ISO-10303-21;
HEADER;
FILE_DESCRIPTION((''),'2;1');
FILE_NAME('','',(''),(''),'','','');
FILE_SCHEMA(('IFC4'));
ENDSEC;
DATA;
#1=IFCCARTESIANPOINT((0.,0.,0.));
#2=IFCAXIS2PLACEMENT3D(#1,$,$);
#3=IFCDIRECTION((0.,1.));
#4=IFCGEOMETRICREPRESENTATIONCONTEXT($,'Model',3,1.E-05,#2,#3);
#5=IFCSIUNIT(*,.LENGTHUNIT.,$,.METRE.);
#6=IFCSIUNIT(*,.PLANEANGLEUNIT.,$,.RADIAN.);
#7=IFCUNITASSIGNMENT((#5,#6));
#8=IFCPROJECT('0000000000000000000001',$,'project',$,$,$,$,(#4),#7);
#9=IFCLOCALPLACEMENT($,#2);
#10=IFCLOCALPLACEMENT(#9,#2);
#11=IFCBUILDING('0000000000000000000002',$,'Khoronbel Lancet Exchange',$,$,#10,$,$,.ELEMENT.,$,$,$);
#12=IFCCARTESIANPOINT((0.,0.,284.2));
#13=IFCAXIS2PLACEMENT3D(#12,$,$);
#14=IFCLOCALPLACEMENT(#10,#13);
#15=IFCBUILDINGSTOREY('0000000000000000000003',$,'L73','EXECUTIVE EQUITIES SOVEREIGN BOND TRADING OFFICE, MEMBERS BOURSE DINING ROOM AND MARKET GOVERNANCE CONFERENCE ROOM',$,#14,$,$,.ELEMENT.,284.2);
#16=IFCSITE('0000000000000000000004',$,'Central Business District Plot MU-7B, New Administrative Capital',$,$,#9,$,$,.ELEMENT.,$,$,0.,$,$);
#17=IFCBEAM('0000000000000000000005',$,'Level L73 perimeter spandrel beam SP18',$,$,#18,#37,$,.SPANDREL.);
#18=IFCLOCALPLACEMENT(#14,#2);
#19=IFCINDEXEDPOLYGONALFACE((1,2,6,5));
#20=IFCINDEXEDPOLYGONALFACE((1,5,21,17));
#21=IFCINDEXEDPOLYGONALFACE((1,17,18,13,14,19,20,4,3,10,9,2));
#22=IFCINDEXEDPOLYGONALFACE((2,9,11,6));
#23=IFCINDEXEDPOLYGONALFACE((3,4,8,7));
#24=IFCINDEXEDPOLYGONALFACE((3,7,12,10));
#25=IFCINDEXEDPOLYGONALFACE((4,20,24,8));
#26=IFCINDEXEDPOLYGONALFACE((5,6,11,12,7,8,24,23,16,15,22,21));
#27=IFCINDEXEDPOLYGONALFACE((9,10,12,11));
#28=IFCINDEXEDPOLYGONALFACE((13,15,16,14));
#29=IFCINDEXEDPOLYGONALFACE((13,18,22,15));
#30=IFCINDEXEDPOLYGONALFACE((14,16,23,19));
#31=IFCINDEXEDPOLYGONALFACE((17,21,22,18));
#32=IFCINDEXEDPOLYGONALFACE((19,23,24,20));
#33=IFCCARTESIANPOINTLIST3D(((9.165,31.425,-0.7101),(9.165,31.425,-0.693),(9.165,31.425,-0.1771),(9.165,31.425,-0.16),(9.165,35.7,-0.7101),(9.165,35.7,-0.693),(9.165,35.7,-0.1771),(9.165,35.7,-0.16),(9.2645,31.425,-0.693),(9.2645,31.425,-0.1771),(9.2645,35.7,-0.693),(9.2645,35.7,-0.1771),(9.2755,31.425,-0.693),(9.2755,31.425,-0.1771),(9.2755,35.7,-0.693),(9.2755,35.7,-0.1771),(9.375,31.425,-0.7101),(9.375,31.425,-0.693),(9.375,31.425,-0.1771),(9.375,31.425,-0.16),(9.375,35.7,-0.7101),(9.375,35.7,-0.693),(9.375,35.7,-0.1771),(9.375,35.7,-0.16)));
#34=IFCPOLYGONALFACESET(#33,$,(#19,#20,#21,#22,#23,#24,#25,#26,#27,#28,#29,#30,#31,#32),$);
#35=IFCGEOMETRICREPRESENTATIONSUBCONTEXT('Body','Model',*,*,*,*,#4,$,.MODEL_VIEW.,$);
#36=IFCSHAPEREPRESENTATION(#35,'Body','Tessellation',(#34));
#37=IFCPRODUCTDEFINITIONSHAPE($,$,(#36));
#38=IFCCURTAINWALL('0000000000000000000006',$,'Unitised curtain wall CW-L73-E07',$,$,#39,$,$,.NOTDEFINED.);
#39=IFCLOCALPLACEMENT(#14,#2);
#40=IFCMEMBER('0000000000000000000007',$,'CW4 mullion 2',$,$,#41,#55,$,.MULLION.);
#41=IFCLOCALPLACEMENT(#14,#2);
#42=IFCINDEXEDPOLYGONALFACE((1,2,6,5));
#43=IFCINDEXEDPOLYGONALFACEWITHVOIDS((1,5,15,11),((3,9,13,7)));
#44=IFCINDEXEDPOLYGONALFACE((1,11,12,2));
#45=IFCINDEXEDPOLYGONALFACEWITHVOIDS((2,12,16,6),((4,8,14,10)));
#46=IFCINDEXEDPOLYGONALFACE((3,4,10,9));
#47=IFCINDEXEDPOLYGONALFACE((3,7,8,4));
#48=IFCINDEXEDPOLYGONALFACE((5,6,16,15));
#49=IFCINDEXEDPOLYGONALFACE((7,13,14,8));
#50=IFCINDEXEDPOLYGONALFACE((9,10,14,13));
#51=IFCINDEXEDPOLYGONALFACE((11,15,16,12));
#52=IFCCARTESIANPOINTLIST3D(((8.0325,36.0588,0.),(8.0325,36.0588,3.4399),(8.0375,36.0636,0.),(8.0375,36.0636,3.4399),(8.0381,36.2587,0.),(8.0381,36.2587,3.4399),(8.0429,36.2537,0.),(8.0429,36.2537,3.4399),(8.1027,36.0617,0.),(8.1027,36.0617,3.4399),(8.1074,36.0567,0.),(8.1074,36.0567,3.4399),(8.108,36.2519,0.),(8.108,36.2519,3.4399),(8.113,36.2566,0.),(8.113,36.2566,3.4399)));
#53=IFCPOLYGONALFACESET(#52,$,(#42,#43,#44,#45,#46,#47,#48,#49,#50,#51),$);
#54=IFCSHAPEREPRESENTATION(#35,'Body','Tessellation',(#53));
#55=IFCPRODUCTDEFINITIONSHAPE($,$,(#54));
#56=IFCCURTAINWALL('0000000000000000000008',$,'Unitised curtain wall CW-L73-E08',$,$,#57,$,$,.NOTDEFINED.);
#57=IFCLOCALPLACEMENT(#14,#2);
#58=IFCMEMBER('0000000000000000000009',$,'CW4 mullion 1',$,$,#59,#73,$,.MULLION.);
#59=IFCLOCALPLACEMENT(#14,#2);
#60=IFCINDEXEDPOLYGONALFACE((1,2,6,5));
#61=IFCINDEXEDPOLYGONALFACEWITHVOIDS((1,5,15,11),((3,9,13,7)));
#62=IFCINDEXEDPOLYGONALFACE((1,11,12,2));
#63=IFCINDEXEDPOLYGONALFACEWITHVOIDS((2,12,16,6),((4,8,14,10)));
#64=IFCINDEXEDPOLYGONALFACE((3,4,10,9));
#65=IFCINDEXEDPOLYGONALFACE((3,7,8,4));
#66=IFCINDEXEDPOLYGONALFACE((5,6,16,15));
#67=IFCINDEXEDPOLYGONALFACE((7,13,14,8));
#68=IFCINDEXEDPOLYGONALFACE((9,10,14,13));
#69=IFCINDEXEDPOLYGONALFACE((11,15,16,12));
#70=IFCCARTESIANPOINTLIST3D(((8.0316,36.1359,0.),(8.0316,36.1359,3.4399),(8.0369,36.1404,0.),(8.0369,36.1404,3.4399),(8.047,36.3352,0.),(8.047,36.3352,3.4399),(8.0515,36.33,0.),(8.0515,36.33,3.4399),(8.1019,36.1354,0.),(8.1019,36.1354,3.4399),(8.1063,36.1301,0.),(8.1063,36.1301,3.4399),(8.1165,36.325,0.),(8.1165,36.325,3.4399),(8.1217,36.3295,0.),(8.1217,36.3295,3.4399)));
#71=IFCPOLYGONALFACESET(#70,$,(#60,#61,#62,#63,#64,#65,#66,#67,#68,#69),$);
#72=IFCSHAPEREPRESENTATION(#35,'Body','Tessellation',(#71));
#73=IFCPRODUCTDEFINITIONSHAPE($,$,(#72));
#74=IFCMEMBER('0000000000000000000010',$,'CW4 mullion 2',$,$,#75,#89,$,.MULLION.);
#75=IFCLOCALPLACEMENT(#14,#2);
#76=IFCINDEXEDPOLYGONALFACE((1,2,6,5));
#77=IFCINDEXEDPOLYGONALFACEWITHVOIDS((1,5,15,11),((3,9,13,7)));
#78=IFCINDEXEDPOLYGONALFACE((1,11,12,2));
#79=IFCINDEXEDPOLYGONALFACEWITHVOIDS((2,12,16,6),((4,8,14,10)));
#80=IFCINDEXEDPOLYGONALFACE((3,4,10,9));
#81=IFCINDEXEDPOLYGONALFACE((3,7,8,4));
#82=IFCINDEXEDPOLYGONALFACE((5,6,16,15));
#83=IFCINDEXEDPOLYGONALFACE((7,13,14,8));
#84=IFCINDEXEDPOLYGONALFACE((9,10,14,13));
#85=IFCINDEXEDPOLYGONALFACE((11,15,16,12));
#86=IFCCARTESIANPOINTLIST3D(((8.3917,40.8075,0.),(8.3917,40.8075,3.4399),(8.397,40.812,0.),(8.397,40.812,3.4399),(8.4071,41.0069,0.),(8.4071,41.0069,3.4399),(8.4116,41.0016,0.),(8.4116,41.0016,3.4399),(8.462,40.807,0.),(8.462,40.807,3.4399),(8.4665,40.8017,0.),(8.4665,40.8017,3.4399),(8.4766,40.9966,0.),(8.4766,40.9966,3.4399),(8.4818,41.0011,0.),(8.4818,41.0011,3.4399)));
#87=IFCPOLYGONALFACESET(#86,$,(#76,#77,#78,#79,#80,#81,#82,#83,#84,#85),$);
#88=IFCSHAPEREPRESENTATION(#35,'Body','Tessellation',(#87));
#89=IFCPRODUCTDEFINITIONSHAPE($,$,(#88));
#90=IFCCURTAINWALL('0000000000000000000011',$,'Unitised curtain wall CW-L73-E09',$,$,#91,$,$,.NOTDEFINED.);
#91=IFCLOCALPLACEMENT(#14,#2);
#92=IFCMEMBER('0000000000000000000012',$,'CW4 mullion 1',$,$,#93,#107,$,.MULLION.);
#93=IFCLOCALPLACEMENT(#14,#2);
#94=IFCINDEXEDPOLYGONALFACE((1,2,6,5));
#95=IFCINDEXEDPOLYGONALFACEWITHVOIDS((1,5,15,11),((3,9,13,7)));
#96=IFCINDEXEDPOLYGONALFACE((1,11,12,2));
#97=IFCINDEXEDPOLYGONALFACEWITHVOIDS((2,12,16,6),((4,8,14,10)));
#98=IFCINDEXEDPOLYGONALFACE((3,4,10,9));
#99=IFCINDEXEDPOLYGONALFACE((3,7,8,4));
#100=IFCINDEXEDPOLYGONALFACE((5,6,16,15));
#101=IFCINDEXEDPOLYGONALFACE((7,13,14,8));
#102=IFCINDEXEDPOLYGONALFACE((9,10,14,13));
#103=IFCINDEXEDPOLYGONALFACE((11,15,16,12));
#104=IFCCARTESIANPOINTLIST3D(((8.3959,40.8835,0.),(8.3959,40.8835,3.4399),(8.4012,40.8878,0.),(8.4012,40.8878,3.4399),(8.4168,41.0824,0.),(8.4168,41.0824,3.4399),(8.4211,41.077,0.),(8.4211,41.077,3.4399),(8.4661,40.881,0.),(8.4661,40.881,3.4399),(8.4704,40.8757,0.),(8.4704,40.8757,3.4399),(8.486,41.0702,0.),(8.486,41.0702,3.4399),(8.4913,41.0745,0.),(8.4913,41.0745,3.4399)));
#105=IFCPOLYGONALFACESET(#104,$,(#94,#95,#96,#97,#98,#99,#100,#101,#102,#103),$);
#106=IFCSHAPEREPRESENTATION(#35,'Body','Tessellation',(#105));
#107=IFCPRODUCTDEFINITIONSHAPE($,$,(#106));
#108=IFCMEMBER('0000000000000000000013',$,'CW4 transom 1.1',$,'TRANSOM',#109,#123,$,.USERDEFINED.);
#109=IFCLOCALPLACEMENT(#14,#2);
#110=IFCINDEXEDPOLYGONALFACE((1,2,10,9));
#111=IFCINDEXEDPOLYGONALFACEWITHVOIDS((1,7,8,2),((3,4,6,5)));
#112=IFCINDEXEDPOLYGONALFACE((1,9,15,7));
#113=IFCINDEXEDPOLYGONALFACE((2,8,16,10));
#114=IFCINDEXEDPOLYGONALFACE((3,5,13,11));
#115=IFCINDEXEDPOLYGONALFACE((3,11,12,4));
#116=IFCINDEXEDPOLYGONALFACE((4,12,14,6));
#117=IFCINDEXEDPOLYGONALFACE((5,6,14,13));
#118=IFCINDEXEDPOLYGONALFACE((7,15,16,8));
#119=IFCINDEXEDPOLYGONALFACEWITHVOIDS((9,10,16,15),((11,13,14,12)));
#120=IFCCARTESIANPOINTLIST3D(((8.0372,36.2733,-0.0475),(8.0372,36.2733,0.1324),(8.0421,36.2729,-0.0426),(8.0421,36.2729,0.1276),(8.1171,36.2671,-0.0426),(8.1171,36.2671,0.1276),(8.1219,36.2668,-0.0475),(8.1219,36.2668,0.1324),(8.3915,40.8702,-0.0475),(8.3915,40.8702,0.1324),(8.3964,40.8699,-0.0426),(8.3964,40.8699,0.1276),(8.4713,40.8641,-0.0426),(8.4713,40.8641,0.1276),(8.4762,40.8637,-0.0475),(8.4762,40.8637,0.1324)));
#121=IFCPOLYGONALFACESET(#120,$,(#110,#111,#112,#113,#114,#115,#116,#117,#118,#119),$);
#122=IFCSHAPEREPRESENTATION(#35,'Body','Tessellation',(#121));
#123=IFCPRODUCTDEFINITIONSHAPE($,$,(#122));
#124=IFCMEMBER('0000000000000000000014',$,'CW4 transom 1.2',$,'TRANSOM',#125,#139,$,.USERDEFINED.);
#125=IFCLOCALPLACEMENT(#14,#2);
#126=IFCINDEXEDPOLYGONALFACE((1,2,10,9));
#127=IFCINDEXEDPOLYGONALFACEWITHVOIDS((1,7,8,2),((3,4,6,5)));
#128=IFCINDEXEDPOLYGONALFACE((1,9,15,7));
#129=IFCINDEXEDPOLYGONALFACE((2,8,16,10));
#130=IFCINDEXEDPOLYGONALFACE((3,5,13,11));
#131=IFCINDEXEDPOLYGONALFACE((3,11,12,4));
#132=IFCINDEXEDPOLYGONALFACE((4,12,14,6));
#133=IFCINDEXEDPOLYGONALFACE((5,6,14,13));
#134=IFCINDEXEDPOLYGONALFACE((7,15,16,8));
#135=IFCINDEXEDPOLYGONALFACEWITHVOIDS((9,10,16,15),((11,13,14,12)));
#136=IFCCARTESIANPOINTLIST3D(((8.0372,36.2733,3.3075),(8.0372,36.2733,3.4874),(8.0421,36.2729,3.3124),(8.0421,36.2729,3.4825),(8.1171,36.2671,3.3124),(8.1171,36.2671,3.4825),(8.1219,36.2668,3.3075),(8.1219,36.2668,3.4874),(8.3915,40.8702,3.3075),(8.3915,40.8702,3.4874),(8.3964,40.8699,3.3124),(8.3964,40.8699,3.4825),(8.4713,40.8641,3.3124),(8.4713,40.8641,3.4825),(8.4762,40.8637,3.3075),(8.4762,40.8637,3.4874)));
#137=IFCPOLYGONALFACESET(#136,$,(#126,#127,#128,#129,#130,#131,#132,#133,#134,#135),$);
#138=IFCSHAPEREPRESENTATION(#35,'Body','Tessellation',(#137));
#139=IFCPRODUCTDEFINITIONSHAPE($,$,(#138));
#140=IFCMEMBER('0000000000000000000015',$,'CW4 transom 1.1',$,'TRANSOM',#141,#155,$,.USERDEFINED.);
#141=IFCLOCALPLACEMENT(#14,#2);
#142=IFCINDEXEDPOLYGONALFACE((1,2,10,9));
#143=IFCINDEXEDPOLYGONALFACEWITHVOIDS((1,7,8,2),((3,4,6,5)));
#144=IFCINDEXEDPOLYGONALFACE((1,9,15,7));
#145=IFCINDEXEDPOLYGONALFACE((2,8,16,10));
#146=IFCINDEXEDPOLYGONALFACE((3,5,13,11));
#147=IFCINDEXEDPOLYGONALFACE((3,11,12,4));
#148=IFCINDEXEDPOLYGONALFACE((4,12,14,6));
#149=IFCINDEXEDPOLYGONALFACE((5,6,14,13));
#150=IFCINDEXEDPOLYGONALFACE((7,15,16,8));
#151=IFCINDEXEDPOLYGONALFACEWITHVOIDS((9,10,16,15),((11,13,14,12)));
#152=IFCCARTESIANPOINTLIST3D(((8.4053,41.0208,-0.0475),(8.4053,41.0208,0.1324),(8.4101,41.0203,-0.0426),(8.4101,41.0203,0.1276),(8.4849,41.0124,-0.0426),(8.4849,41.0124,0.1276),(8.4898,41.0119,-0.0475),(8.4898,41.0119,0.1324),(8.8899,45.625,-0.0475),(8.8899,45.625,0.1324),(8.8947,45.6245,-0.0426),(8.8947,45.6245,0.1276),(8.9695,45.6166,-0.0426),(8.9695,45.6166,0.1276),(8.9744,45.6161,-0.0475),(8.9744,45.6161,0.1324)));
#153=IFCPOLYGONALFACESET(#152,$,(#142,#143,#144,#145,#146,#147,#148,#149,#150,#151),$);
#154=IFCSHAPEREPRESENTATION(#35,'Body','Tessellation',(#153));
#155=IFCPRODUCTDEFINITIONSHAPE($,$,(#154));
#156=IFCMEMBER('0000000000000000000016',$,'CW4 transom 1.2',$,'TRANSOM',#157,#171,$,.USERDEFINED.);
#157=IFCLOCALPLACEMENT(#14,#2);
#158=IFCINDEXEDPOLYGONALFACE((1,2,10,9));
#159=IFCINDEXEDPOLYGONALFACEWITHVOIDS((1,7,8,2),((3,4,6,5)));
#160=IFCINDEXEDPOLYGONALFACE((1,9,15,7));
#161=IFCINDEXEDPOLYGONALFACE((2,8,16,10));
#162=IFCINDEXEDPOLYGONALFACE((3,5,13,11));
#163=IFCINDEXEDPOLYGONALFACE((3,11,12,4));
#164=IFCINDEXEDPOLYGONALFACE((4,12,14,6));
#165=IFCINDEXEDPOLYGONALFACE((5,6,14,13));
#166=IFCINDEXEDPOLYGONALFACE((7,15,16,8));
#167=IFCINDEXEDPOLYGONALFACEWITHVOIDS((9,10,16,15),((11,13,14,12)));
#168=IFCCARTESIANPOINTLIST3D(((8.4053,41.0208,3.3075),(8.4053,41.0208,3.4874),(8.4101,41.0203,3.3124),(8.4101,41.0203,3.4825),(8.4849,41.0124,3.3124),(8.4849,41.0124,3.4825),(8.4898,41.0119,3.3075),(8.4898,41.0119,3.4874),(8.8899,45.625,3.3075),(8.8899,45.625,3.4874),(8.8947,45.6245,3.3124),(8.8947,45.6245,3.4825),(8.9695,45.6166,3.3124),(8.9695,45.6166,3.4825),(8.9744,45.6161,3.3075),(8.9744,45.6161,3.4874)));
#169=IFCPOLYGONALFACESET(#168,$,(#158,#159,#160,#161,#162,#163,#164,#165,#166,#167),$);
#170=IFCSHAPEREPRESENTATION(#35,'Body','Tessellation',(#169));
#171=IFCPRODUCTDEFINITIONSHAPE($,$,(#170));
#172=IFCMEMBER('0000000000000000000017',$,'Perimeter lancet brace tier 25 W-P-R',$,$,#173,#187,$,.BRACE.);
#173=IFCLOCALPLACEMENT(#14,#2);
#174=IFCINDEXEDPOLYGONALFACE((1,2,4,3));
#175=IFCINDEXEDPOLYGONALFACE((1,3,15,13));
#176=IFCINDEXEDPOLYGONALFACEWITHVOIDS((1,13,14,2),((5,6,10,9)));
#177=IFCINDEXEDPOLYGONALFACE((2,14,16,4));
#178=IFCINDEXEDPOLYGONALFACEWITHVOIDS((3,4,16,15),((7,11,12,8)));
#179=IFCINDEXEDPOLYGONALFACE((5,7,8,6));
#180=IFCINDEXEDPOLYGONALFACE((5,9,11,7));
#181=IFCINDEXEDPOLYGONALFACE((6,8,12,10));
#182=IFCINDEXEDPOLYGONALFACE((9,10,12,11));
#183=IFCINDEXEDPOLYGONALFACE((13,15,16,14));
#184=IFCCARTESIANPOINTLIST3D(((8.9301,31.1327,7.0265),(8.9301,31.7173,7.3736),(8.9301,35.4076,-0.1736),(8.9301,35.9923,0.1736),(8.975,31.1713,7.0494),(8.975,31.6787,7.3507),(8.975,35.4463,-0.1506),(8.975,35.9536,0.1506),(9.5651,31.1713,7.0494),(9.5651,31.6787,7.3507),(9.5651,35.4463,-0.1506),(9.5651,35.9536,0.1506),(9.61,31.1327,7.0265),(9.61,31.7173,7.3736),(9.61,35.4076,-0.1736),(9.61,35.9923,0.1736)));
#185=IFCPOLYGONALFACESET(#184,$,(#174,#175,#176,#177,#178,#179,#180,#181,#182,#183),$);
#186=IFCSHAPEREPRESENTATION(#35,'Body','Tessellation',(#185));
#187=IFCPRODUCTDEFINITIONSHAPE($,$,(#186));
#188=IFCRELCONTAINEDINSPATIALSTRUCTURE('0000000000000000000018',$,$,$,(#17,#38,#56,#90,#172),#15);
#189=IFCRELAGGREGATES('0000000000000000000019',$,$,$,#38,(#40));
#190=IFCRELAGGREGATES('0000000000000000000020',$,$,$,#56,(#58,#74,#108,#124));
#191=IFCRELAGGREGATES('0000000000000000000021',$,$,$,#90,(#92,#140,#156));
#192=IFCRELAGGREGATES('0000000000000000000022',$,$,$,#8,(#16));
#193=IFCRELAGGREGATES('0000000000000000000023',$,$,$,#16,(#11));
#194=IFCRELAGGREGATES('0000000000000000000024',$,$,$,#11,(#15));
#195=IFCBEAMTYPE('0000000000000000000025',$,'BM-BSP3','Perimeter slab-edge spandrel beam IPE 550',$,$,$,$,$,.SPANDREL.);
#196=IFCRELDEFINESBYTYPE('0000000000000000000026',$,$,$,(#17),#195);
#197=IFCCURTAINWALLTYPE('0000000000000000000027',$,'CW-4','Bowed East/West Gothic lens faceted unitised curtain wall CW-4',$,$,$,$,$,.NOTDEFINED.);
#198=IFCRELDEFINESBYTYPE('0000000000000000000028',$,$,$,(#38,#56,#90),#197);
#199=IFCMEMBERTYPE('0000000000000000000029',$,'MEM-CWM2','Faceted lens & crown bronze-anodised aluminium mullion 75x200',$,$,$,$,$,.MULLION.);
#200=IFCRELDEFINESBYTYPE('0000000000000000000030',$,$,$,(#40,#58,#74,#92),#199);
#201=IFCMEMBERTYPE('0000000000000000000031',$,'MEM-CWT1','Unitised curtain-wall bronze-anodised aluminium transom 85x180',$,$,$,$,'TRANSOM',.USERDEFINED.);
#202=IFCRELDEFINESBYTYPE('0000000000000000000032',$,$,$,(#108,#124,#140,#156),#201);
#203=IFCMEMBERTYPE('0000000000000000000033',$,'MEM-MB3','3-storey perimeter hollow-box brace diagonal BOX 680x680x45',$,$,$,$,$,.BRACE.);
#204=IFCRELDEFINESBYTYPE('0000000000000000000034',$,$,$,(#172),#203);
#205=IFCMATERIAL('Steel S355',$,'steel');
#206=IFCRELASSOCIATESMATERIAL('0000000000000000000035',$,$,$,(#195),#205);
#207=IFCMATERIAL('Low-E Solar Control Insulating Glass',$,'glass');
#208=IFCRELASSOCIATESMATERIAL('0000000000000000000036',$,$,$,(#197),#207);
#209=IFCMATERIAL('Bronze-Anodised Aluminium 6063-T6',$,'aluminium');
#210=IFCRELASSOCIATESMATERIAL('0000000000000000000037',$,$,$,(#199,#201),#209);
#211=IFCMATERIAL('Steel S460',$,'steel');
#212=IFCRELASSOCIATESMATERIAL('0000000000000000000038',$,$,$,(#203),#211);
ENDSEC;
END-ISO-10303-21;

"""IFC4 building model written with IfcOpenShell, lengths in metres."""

from ifc_helpers import new_model, si_unit, direction, frame, origin, origin_2d, place, context, subcontext, project, spatial, hollow_rectangle, i_section, extrude, material, material_profile, profile_set, type_object, element, aggregate, save


model = new_model("IFC4")

# Units and contexts
model_context = context("Model", 3, precision=1e-05, world=origin(), true_north=direction((0.0, 1.0)))
body_context = subcontext(model_context, "Body", "Model", "MODEL_VIEW")
ifc_project = project(units=[si_unit("LENGTHUNIT", "METRE"), si_unit("PLANEANGLEUNIT", "RADIAN")], contexts=[model_context])

# Site, building, storey
site_placement = place(None, origin())
site = spatial("IfcSite", under=ifc_project, at=site_placement, Name="Central Business District Plot MU-7B, New Administrative Capital", CompositionType="ELEMENT", RefElevation=0.0)
building_placement = place(site_placement, origin())
building = spatial("IfcBuilding", under=site, at=building_placement, Name="Khoronbel Lancet Exchange", CompositionType="ELEMENT")
storey_placement = place(building_placement, frame((0.0, 0.0, 284.2)))
storey = spatial("IfcBuildingStorey", under=building, at=storey_placement, Name="L73", Description="EXECUTIVE EQUITIES SOVEREIGN BOND TRADING OFFICE, MEMBERS BOURSE DINING ROOM AND MARKET GOVERNANCE CONFERENCE ROOM", CompositionType="ELEMENT", Elevation=284.2)

# Shared definitions
ifc_material_1 = material(Name="Steel S355", Category="steel")

# Beam
ifc_material_profile_1 = material_profile(ifc_material_1, i_section(OverallWidth=0.21, OverallDepth=0.55, WebThickness=0.011, FlangeThickness=0.0171, at=origin_2d()), Name="IPE 550")
ifc_profile_set_1 = profile_set([ifc_material_profile_1], Name="Steel S355")
beam_type_1 = type_object("IfcBeamType", Name="BM-BSP3", Description="Perimeter slab-edge spandrel beam IPE 550", PredefinedType="SPANDREL", material=ifc_profile_set_1)
beam_1_placement = place(storey_placement, frame((9.27, 35.7, -0.4351), z_axis=(0.0, -1.0, 0.0), x_axis=(1.0, 0.0, 0.0)))
element("IfcBeam", 1, at=beam_1_placement, inside=storey, type_object=beam_type_1, Name="Level L73 perimeter spandrel beam SP18", PredefinedType="SPANDREL", context=body_context, shape_type="SweptSolid", body=[
    extrude(i_section(OverallWidth=0.21, OverallDepth=0.55, WebThickness=0.011, FlangeThickness=0.0171, at=origin_2d()), origin(), (0.0, 0.0, 1.0), 4.2749),
])

# Curtain wall, member
ifc_material_2 = material(Name="Low-E Solar Control Insulating Glass", Category="glass")
curtain_wall_type = type_object("IfcCurtainWallType", Name="CW-4", Description="Bowed East/West Gothic lens faceted unitised curtain wall CW-4", PredefinedType="NOTDEFINED", material=ifc_material_2)
curtain_wall_1_placement = place(storey_placement, origin())
curtain_wall_1 = element("IfcCurtainWall", 2, at=curtain_wall_1_placement, inside=storey, type_object=curtain_wall_type, Name="Unitised curtain wall CW-L73-E07", PredefinedType="NOTDEFINED")
ifc_material_3 = material(Name="Bronze-Anodised Aluminium 6063-T6", Category="aluminium")
ifc_material_profile_2 = material_profile(ifc_material_3, hollow_rectangle(XDim=0.075, YDim=0.2, WallThickness=0.0049, at=origin_2d()), Name="ALU MULLION 75x200")
ifc_profile_set_2 = profile_set([ifc_material_profile_2], Name="Bronze-Anodised Aluminium 6063-T6")
member_type_1 = type_object("IfcMemberType", Name="MEM-CWM2", Description="Faceted lens & crown bronze-anodised aluminium mullion 75x200", PredefinedType="MULLION", material=ifc_profile_set_2)
member_1_placement = place(storey_placement, frame((8.0728, 36.1577, 0.0), z_axis=(0.0, 0.0, 1.0), x_axis=(-0.999602, 0.028206, 0.0)))
member_1 = element("IfcMember", 3, at=member_1_placement, type_object=member_type_1, Name="CW4 mullion 2", PredefinedType="MULLION", context=body_context, shape_type="SweptSolid", body=[
    extrude(hollow_rectangle(XDim=0.075, YDim=0.2, WallThickness=0.0049, at=origin_2d()), origin(), (0.0, 0.0, 1.0), 3.4399),
])
aggregate(curtain_wall_1, [member_1])

# Curtain wall, members
curtain_wall_2_placement = place(storey_placement, origin())
curtain_wall_2 = element("IfcCurtainWall", 4, at=curtain_wall_2_placement, inside=storey, type_object=curtain_wall_type, Name="Unitised curtain wall CW-L73-E08", PredefinedType="NOTDEFINED")
member_2_placement = place(storey_placement, frame((8.0767, 36.2327, 0.0), z_axis=(0.0, 0.0, 1.0), x_axis=(-0.997045, 0.076819, 0.0)))
member_2 = element("IfcMember", 5, at=member_2_placement, type_object=member_type_1, Name="CW4 mullion 1", PredefinedType="MULLION", context=body_context, shape_type="SweptSolid", body=[
    extrude(hollow_rectangle(XDim=0.075, YDim=0.2, WallThickness=0.0049, at=origin_2d()), origin(), (0.0, 0.0, 1.0), 3.4399),
])
member_3_placement = place(storey_placement, frame((8.4368, 40.9043, 0.0), z_axis=(0.0, 0.0, 1.0), x_axis=(-0.997045, 0.076819, 0.0)))
member_3 = element("IfcMember", 6, at=member_3_placement, type_object=member_type_1, Name="CW4 mullion 2", PredefinedType="MULLION", context=body_context, shape_type="SweptSolid", body=[
    extrude(hollow_rectangle(XDim=0.075, YDim=0.2, WallThickness=0.0049, at=origin_2d()), origin(), (0.0, 0.0, 1.0), 3.4399),
])

# Curtain wall, member
curtain_wall_3_placement = place(storey_placement, origin())
curtain_wall_3 = element("IfcCurtainWall", 7, at=curtain_wall_3_placement, inside=storey, type_object=curtain_wall_type, Name="Unitised curtain wall CW-L73-E09", PredefinedType="NOTDEFINED")
member_4_placement = place(storey_placement, frame((8.4436, 40.979, 0.0), z_axis=(0.0, 0.0, 1.0), x_axis=(-0.994505, 0.104691, 0.0)))
member_4 = element("IfcMember", 8, at=member_4_placement, type_object=member_type_1, Name="CW4 mullion 1", PredefinedType="MULLION", context=body_context, shape_type="SweptSolid", body=[
    extrude(hollow_rectangle(XDim=0.075, YDim=0.2, WallThickness=0.0049, at=origin_2d()), origin(), (0.0, 0.0, 1.0), 3.4399),
])

# Members
ifc_material_profile_3 = material_profile(ifc_material_3, hollow_rectangle(XDim=0.085, YDim=0.1799, WallThickness=0.0049, at=origin_2d()), Name="ALU TRANSOM 85x180")
ifc_profile_set_3 = profile_set([ifc_material_profile_3], Name="Bronze-Anodised Aluminium 6063-T6")
member_type_2 = type_object("IfcMemberType", Name="MEM-CWT1", Description="Unitised curtain-wall bronze-anodised aluminium transom 85x180", ElementType="TRANSOM", PredefinedType="USERDEFINED", material=ifc_profile_set_3)
member_5_placement = place(storey_placement, frame((8.0796, 36.27, 0.0425), z_axis=(0.076834, 0.997044, 0.0), x_axis=(-0.997044, 0.076834, 0.0)))
member_5 = element("IfcMember", 9, at=member_5_placement, type_object=member_type_2, Name="CW4 transom 1.1", ObjectType="TRANSOM", PredefinedType="USERDEFINED", context=body_context, shape_type="SweptSolid", body=[
    extrude(hollow_rectangle(XDim=0.085, YDim=0.1799, WallThickness=0.0049, at=origin_2d()), origin(), (0.0, 0.0, 1.0), 4.6106),
])
member_6_placement = place(storey_placement, frame((8.0796, 36.27, 3.3975), z_axis=(0.076834, 0.997044, 0.0), x_axis=(-0.997044, 0.076834, 0.0)))
member_6 = element("IfcMember", 10, at=member_6_placement, type_object=member_type_2, Name="CW4 transom 1.2", ObjectType="TRANSOM", PredefinedType="USERDEFINED", context=body_context, shape_type="SweptSolid", body=[
    extrude(hollow_rectangle(XDim=0.085, YDim=0.1799, WallThickness=0.0049, at=origin_2d()), origin(), (0.0, 0.0, 1.0), 4.6106),
])
member_7_placement = place(storey_placement, frame((8.4475, 41.0164, 0.0425), z_axis=(0.104677, 0.994506, 0.0), x_axis=(-0.994506, 0.104677, 0.0)))
member_7 = element("IfcMember", 11, at=member_7_placement, type_object=member_type_2, Name="CW4 transom 1.1", ObjectType="TRANSOM", PredefinedType="USERDEFINED", context=body_context, shape_type="SweptSolid", body=[
    extrude(hollow_rectangle(XDim=0.085, YDim=0.1799, WallThickness=0.0049, at=origin_2d()), origin(), (0.0, 0.0, 1.0), 4.6296),
])
member_8_placement = place(storey_placement, frame((8.4475, 41.0164, 3.3975), z_axis=(0.104677, 0.994506, 0.0), x_axis=(-0.994506, 0.104677, 0.0)))
member_8 = element("IfcMember", 12, at=member_8_placement, type_object=member_type_2, Name="CW4 transom 1.2", ObjectType="TRANSOM", PredefinedType="USERDEFINED", context=body_context, shape_type="SweptSolid", body=[
    extrude(hollow_rectangle(XDim=0.085, YDim=0.1799, WallThickness=0.0049, at=origin_2d()), origin(), (0.0, 0.0, 1.0), 4.6296),
])
ifc_material_4 = material(Name="Steel S460", Category="steel")
ifc_material_profile_4 = material_profile(ifc_material_4, hollow_rectangle(XDim=0.6799, YDim=0.6799, WallThickness=0.0449, at=origin_2d()), Name="BOX 680x680x45")
ifc_profile_set_4 = profile_set([ifc_material_profile_4], Name="Steel S460")
member_type_3 = type_object("IfcMemberType", Name="MEM-MB3", Description="3-storey perimeter hollow-box brace diagonal BOX 680x680x45", PredefinedType="BRACE", material=ifc_profile_set_4)
member_9_placement = place(storey_placement, frame((9.27, 35.7, 0.0), z_axis=(0.0, -0.510533, 0.859858), x_axis=(1.0, 0.0, 0.0)))
element("IfcMember", 13, at=member_9_placement, inside=storey, type_object=member_type_3, Name="Perimeter lancet brace tier 25 W-P-R", PredefinedType="BRACE", context=body_context, shape_type="SweptSolid", body=[
    extrude(hollow_rectangle(XDim=0.6799, YDim=0.6799, WallThickness=0.0449, at=origin_2d()), origin(), (0.0, 0.0, 1.0), 8.3735),
])

aggregate(curtain_wall_2, [member_2, member_3, member_5, member_6])
aggregate(curtain_wall_3, [member_4, member_7, member_8])

save(model, "model.ifc")
